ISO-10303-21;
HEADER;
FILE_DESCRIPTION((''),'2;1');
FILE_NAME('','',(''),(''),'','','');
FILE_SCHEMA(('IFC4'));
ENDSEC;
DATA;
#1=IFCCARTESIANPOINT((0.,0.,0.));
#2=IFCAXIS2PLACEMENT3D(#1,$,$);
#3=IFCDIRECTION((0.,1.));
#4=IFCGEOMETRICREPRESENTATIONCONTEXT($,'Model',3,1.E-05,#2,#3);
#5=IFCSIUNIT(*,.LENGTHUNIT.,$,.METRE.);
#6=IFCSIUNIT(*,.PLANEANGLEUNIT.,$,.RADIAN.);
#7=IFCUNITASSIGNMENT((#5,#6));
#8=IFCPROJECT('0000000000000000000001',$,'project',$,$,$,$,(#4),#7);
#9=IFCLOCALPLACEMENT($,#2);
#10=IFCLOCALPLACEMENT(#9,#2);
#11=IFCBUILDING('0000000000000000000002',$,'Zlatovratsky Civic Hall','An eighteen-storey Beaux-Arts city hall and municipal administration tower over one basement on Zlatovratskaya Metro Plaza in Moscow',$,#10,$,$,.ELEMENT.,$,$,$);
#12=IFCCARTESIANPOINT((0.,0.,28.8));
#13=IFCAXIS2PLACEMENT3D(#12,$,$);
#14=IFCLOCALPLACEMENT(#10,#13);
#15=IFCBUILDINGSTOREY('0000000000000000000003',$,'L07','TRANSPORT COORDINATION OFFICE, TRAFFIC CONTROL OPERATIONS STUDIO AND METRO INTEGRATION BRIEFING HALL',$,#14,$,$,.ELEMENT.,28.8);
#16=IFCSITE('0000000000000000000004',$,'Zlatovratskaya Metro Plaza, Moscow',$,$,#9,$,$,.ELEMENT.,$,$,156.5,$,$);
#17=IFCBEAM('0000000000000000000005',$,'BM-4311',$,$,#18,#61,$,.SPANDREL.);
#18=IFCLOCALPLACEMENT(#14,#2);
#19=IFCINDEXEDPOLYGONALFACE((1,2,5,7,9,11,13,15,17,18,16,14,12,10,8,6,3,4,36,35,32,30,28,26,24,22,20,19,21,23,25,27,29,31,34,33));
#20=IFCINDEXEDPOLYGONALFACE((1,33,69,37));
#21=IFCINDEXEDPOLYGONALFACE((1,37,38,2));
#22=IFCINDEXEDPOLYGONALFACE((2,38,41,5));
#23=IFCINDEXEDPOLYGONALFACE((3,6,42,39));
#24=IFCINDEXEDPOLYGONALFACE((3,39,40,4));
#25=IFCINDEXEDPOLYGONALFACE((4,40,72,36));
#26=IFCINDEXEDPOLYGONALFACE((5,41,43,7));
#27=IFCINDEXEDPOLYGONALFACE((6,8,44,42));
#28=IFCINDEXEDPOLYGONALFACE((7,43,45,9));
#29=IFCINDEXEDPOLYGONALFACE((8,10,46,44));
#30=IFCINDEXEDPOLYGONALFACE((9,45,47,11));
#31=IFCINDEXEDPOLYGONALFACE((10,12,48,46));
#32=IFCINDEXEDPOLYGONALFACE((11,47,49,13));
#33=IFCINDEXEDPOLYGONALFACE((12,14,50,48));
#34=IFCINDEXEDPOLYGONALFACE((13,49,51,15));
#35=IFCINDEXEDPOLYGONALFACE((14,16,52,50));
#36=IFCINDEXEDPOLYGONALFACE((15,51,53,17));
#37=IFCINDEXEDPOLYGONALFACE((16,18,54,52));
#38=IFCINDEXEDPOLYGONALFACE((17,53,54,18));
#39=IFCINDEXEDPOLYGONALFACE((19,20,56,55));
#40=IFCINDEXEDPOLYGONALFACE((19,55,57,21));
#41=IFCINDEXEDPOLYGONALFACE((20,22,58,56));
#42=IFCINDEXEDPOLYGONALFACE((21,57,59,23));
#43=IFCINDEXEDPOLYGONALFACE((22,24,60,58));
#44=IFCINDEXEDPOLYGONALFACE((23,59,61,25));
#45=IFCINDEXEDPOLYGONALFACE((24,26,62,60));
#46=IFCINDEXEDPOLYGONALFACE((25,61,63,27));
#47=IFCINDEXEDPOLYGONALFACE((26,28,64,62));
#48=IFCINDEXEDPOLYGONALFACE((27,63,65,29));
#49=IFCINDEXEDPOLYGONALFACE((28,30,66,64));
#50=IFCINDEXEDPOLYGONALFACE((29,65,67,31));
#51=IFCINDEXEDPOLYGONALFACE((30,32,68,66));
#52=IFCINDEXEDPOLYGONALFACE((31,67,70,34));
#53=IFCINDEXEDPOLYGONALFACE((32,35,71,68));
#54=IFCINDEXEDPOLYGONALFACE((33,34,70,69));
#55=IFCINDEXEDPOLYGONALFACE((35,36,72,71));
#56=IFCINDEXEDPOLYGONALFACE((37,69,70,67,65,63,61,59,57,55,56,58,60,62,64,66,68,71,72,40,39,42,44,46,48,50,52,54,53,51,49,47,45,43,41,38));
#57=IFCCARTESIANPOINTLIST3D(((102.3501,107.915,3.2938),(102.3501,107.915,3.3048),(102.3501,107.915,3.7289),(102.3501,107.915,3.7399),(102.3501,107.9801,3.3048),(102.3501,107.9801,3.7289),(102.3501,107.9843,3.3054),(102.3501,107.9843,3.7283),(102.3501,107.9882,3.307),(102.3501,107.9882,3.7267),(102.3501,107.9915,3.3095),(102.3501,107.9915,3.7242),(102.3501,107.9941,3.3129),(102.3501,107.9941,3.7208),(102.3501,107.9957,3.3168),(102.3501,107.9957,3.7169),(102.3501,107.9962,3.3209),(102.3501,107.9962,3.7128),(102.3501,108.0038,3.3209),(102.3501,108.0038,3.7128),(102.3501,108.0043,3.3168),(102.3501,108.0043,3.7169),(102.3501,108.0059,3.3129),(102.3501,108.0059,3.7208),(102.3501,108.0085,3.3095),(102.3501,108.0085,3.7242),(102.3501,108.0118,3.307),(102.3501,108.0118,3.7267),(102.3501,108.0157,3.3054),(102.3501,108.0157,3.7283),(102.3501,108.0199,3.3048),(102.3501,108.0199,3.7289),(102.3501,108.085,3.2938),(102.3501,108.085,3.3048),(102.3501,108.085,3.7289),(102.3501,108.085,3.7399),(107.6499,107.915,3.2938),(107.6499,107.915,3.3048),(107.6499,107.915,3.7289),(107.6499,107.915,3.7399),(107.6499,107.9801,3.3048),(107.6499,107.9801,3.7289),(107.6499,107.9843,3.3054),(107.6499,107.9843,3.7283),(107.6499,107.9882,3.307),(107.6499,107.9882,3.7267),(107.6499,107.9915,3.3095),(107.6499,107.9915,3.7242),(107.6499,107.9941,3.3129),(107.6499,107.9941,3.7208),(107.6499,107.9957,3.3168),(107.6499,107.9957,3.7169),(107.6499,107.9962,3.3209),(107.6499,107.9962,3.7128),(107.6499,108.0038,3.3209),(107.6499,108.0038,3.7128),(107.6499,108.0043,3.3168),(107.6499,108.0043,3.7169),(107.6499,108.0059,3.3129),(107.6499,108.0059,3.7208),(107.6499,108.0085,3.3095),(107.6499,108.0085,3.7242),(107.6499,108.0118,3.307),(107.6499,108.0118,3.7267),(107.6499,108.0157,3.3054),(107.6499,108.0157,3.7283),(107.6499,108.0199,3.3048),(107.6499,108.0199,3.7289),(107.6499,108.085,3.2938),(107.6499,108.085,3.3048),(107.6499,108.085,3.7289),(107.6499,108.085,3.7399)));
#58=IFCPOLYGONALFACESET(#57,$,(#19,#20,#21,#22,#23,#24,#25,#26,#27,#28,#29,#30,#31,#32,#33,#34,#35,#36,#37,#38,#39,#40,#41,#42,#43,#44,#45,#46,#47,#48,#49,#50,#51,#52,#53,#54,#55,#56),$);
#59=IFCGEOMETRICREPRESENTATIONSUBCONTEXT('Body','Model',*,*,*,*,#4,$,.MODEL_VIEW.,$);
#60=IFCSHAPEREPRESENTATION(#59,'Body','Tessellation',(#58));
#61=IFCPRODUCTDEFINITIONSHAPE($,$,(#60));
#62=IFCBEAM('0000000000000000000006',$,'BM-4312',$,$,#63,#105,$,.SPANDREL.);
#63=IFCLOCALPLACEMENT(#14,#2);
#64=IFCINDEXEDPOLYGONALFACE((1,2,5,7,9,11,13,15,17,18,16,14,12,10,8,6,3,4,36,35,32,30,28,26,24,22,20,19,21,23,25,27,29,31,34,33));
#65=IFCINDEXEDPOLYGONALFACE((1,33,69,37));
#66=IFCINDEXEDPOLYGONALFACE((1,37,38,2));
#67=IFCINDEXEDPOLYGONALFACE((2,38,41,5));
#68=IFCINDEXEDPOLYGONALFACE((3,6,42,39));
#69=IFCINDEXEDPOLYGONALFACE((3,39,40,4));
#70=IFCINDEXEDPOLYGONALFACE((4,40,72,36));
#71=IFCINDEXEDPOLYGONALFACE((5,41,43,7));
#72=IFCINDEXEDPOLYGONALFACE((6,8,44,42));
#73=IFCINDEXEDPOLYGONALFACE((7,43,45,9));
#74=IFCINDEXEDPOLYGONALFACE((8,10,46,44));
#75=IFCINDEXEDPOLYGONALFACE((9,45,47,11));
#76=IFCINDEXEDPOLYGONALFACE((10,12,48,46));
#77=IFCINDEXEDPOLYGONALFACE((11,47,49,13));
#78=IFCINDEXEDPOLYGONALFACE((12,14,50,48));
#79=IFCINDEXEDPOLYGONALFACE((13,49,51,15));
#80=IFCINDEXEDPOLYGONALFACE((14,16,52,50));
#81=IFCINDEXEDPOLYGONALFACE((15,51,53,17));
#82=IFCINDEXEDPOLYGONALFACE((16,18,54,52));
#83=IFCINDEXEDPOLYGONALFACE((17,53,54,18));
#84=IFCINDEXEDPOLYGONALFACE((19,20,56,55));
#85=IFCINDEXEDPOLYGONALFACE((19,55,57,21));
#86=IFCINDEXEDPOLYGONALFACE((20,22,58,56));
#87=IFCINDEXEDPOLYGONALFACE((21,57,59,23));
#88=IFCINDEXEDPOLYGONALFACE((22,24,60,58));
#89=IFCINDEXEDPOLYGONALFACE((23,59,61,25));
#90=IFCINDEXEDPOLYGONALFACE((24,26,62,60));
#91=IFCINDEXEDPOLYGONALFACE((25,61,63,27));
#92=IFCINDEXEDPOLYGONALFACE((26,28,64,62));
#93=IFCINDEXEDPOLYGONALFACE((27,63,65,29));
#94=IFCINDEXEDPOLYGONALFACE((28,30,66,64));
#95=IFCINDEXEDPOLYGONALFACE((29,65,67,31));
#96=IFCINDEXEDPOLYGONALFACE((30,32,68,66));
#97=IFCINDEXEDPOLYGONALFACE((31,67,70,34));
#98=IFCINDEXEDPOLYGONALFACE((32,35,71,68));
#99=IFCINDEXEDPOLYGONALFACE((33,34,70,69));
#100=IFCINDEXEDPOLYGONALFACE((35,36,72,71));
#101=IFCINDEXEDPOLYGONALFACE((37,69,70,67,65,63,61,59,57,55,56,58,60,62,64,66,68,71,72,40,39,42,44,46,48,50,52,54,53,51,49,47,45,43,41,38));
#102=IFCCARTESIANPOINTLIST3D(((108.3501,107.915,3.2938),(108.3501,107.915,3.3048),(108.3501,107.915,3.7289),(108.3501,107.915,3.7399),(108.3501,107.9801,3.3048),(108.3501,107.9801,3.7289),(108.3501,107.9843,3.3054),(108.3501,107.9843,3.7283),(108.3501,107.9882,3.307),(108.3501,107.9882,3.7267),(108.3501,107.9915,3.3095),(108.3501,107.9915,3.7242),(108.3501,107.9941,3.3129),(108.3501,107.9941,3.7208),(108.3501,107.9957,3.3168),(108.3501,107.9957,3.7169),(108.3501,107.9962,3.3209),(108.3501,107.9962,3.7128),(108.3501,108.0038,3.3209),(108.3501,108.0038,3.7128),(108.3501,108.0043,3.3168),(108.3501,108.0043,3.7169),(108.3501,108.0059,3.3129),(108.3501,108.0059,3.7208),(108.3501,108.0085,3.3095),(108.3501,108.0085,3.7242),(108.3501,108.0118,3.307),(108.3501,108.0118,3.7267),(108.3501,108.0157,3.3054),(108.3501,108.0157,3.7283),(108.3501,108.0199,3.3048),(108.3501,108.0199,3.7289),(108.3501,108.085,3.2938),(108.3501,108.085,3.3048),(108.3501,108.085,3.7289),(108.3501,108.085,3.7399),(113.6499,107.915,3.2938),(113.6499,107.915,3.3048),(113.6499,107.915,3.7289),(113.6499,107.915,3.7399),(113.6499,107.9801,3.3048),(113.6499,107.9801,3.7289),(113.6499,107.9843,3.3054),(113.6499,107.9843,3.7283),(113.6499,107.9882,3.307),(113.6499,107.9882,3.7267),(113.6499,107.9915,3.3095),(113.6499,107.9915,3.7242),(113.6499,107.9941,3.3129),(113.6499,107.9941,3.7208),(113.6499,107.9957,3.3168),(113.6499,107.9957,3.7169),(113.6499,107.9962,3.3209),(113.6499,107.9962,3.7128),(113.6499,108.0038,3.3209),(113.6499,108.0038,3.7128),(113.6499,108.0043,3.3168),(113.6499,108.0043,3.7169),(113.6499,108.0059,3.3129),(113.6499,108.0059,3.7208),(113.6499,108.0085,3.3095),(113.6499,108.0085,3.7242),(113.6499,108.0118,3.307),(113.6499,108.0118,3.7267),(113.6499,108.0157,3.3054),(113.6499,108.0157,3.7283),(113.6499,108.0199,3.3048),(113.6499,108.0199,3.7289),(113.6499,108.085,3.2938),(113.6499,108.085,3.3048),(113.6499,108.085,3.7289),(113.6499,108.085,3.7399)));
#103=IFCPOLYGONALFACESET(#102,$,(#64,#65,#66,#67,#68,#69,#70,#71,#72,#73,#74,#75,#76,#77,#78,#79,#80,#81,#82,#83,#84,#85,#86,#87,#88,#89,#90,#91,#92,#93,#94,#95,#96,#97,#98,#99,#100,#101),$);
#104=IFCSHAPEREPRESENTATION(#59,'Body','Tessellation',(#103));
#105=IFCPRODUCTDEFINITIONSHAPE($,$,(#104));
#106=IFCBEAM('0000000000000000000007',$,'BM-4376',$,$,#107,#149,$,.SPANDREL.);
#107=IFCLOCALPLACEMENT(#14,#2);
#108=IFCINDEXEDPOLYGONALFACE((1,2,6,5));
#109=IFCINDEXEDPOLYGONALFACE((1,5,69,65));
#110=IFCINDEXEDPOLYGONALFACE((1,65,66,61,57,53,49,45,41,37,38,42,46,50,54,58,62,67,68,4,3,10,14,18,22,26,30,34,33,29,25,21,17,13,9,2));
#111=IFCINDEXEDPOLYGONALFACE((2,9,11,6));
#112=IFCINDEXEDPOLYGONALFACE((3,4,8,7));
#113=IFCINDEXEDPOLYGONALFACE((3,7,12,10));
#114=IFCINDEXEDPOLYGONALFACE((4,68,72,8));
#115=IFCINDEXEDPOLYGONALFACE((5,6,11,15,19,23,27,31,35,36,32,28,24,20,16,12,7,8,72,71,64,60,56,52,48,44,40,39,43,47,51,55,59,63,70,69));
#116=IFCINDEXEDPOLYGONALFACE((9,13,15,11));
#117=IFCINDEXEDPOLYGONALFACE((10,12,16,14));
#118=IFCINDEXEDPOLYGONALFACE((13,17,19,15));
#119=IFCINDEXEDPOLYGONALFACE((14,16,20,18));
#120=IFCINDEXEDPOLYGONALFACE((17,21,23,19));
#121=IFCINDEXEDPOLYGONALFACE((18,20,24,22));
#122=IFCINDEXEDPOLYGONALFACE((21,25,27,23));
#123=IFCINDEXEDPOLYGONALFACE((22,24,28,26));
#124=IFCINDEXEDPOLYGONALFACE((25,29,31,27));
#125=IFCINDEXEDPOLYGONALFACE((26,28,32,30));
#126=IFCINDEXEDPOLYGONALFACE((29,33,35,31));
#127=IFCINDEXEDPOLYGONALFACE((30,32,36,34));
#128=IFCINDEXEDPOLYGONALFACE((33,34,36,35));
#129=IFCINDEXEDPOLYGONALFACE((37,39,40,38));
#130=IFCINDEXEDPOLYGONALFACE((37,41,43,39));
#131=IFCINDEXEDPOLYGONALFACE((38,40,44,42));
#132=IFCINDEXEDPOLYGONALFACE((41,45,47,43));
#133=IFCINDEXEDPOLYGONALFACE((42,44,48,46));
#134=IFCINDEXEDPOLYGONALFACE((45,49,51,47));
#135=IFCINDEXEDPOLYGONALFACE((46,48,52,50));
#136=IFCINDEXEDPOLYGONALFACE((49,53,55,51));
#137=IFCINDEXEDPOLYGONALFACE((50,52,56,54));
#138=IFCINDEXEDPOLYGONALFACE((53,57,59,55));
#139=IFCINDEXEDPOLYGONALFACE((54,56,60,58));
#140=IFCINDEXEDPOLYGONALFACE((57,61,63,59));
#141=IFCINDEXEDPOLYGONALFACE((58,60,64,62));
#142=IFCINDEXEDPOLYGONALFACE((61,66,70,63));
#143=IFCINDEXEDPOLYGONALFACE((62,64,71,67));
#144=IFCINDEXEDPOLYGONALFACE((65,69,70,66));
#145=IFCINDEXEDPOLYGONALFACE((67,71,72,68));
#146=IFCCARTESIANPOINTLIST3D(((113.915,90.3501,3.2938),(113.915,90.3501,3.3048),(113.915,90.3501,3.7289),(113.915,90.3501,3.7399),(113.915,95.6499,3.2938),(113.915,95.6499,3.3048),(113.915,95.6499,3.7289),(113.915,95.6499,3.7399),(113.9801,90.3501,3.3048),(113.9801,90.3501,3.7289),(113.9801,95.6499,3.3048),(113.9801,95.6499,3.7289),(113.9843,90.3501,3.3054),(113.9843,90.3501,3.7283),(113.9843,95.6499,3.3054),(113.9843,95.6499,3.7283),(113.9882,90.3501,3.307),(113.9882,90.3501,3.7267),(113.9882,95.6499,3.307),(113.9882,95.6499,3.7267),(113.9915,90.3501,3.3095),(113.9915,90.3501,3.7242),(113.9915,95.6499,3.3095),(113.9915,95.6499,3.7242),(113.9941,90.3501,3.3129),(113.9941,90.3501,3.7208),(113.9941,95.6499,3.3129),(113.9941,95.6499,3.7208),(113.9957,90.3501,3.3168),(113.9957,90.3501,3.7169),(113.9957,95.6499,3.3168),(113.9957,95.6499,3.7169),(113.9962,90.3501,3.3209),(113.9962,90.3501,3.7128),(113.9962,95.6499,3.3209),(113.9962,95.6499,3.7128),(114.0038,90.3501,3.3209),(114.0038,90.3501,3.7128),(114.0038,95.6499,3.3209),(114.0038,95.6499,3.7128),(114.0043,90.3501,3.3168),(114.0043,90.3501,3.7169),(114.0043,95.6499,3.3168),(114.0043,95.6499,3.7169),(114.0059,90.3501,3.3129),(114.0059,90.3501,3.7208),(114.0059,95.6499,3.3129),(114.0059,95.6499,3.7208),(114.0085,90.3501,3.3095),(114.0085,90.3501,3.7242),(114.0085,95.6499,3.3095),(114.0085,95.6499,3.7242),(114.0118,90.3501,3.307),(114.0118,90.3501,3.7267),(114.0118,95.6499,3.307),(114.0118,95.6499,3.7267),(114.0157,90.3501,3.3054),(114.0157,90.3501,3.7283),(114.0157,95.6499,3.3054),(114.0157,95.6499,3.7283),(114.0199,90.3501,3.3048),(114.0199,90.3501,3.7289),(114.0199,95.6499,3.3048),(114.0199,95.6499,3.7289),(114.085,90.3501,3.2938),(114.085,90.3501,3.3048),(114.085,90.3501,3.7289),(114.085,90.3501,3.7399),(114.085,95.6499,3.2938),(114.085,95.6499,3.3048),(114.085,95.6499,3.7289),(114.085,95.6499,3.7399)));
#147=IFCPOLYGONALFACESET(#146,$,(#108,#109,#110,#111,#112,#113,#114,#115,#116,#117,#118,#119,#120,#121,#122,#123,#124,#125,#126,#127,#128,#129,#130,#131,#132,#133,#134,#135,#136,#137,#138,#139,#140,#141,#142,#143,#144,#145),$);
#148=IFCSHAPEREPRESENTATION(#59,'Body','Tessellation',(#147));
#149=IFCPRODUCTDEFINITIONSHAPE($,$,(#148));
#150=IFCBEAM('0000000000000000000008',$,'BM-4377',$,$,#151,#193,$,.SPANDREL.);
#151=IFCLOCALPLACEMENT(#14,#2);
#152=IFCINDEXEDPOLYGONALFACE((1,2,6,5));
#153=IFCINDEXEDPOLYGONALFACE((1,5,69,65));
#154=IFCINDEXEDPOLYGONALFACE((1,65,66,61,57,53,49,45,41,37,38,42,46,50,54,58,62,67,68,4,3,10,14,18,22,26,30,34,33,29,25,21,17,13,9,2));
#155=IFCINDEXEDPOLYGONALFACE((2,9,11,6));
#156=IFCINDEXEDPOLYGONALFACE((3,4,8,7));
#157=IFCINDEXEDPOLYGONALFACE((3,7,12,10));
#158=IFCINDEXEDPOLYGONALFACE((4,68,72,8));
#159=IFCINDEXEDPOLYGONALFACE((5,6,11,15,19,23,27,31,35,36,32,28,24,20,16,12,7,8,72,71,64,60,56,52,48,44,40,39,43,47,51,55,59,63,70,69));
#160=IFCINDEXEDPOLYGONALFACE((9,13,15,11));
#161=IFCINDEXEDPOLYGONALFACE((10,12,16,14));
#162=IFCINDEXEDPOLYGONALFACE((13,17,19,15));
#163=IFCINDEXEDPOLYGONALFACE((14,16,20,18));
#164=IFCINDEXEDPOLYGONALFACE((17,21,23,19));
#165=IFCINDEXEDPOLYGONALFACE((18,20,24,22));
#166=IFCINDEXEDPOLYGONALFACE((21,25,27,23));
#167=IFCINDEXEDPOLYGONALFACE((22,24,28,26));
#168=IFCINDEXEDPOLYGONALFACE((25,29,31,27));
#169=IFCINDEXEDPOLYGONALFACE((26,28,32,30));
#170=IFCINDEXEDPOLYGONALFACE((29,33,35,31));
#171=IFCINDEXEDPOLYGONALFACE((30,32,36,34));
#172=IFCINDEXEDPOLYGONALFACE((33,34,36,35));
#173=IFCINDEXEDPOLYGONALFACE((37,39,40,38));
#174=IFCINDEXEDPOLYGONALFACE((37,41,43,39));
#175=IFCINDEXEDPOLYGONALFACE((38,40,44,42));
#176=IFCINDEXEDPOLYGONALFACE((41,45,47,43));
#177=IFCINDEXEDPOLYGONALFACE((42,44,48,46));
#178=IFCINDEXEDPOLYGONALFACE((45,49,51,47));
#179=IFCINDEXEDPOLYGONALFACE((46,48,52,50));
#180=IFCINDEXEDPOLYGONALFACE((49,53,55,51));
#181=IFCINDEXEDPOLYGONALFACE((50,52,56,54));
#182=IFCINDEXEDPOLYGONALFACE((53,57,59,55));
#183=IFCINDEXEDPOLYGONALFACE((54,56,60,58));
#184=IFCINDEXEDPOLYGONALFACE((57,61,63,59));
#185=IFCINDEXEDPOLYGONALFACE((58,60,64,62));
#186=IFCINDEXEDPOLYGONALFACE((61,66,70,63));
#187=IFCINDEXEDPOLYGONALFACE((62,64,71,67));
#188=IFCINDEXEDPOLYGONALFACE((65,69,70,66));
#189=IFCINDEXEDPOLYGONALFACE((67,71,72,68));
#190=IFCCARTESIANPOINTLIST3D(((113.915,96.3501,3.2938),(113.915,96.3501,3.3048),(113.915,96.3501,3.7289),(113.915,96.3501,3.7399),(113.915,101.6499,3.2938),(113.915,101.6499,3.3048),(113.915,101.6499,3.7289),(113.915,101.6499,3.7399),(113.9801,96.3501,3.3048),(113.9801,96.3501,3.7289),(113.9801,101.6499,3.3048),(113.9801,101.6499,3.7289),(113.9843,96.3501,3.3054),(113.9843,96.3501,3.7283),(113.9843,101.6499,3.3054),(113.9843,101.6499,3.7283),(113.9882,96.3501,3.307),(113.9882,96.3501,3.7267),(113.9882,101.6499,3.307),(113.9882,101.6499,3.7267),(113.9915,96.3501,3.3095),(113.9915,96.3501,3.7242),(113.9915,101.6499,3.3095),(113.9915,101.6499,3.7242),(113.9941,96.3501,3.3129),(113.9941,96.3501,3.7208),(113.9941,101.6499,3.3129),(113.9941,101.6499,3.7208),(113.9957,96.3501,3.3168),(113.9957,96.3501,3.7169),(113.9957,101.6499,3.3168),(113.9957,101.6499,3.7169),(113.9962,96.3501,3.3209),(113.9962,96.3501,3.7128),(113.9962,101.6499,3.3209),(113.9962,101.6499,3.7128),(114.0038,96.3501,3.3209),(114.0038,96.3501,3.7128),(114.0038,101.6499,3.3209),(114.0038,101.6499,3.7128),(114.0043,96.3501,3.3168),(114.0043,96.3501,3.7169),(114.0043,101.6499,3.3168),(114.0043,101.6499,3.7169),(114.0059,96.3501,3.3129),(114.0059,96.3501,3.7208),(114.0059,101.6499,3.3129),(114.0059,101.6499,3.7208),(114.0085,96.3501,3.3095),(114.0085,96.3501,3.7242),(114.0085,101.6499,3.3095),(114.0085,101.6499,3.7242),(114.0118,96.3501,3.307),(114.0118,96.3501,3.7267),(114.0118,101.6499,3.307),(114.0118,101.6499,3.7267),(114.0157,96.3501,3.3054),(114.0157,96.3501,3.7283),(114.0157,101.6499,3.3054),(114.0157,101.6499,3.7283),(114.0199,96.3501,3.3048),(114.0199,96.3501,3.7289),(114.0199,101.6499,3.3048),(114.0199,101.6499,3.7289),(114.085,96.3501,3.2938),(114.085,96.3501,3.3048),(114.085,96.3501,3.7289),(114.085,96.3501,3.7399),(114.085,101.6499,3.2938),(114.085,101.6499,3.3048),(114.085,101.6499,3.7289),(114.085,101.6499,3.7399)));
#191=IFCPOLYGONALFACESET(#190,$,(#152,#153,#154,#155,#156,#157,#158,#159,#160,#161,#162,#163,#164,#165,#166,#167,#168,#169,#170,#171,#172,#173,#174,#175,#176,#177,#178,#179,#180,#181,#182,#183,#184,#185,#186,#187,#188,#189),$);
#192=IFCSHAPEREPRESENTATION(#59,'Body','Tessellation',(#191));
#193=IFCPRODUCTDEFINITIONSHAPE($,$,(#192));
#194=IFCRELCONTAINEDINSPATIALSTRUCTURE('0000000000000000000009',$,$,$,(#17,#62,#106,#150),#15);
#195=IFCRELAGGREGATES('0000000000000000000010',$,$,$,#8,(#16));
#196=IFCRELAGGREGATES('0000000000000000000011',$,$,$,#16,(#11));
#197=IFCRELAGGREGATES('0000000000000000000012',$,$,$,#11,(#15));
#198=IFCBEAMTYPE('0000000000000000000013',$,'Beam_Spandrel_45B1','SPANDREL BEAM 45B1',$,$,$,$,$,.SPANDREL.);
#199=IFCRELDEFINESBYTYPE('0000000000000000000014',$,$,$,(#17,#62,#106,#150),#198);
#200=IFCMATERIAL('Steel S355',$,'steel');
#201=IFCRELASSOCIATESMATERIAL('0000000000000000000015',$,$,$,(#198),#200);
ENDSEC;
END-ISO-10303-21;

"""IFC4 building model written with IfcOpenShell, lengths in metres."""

from ifc_helpers import new_model, si_unit, direction, frame, origin, origin_2d, place, context, subcontext, project, spatial, i_section, extrude, material, material_profile, profile_set, type_object, element, save


model = new_model("IFC4")

# Units and contexts
model_context = context("Model", 3, precision=1e-05, world=origin(), true_north=direction((0.0, 1.0)))
body_context = subcontext(model_context, "Body", "Model", "MODEL_VIEW")
ifc_project = project(units=[si_unit("LENGTHUNIT", "METRE"), si_unit("PLANEANGLEUNIT", "RADIAN")], contexts=[model_context])

# Site, building, storey
site_placement = place(None, origin())
site = spatial("IfcSite", under=ifc_project, at=site_placement, Name="Zlatovratskaya Metro Plaza, Moscow", CompositionType="ELEMENT", RefElevation=156.5)
building_placement = place(site_placement, origin())
building = spatial("IfcBuilding", under=site, at=building_placement, Name="Zlatovratsky Civic Hall", Description="An eighteen-storey Beaux-Arts city hall and municipal administration tower over one basement on Zlatovratskaya Metro Plaza in Moscow", CompositionType="ELEMENT")
storey_placement = place(building_placement, frame((0.0, 0.0, 28.8)))
storey = spatial("IfcBuildingStorey", under=building, at=storey_placement, Name="L07", Description="TRANSPORT COORDINATION OFFICE, TRAFFIC CONTROL OPERATIONS STUDIO AND METRO INTEGRATION BRIEFING HALL", CompositionType="ELEMENT", Elevation=28.8)

# Shared definitions
ifc_material_1 = material(Name="Steel S355", Category="steel")

# Beams
ifc_material_profile_1 = material_profile(ifc_material_1, i_section(OverallWidth=0.1699, OverallDepth=0.446, WebThickness=0.0076, FlangeThickness=0.011, FilletRadius=0.0161, at=origin_2d()), Name="45B1")
ifc_profile_set_1 = profile_set([ifc_material_profile_1], Name="Steel S355")
beam_type_1 = type_object("IfcBeamType", Name="Beam_Spandrel_45B1", Description="SPANDREL BEAM 45B1", PredefinedType="SPANDREL", material=ifc_profile_set_1)
for number, where, z_axis, x_axis, name in (
    (1, (102.3501, 108.0, 3.5168), (1.0, 0.0, 0.0), (0.0, 1.0, 0.0), "BM-4311"),
    (2, (108.3501, 108.0, 3.5168), (1.0, 0.0, 0.0), (0.0, 1.0, 0.0), "BM-4312"),
    (3, (114.0, 90.3501, 3.5168), (0.0, 1.0, 0.0), (-1.0, 0.0, 0.0), "BM-4376"),
    (4, (114.0, 96.3501, 3.5168), (0.0, 1.0, 0.0), (-1.0, 0.0, 0.0), "BM-4377"),
):
    element("IfcBeam", number, at=place(storey_placement, frame(where, z_axis=z_axis, x_axis=x_axis)), inside=storey, type_object=beam_type_1, Name=name, PredefinedType="SPANDREL", context=body_context, shape_type="SweptSolid", body=[
        extrude(i_section(OverallWidth=0.1699, OverallDepth=0.446, WebThickness=0.0076, FlangeThickness=0.011, FilletRadius=0.0161, at=origin_2d()), origin(), (0.0, 0.0, 1.0), 5.2998),
    ])

save(model, "model.ifc")
